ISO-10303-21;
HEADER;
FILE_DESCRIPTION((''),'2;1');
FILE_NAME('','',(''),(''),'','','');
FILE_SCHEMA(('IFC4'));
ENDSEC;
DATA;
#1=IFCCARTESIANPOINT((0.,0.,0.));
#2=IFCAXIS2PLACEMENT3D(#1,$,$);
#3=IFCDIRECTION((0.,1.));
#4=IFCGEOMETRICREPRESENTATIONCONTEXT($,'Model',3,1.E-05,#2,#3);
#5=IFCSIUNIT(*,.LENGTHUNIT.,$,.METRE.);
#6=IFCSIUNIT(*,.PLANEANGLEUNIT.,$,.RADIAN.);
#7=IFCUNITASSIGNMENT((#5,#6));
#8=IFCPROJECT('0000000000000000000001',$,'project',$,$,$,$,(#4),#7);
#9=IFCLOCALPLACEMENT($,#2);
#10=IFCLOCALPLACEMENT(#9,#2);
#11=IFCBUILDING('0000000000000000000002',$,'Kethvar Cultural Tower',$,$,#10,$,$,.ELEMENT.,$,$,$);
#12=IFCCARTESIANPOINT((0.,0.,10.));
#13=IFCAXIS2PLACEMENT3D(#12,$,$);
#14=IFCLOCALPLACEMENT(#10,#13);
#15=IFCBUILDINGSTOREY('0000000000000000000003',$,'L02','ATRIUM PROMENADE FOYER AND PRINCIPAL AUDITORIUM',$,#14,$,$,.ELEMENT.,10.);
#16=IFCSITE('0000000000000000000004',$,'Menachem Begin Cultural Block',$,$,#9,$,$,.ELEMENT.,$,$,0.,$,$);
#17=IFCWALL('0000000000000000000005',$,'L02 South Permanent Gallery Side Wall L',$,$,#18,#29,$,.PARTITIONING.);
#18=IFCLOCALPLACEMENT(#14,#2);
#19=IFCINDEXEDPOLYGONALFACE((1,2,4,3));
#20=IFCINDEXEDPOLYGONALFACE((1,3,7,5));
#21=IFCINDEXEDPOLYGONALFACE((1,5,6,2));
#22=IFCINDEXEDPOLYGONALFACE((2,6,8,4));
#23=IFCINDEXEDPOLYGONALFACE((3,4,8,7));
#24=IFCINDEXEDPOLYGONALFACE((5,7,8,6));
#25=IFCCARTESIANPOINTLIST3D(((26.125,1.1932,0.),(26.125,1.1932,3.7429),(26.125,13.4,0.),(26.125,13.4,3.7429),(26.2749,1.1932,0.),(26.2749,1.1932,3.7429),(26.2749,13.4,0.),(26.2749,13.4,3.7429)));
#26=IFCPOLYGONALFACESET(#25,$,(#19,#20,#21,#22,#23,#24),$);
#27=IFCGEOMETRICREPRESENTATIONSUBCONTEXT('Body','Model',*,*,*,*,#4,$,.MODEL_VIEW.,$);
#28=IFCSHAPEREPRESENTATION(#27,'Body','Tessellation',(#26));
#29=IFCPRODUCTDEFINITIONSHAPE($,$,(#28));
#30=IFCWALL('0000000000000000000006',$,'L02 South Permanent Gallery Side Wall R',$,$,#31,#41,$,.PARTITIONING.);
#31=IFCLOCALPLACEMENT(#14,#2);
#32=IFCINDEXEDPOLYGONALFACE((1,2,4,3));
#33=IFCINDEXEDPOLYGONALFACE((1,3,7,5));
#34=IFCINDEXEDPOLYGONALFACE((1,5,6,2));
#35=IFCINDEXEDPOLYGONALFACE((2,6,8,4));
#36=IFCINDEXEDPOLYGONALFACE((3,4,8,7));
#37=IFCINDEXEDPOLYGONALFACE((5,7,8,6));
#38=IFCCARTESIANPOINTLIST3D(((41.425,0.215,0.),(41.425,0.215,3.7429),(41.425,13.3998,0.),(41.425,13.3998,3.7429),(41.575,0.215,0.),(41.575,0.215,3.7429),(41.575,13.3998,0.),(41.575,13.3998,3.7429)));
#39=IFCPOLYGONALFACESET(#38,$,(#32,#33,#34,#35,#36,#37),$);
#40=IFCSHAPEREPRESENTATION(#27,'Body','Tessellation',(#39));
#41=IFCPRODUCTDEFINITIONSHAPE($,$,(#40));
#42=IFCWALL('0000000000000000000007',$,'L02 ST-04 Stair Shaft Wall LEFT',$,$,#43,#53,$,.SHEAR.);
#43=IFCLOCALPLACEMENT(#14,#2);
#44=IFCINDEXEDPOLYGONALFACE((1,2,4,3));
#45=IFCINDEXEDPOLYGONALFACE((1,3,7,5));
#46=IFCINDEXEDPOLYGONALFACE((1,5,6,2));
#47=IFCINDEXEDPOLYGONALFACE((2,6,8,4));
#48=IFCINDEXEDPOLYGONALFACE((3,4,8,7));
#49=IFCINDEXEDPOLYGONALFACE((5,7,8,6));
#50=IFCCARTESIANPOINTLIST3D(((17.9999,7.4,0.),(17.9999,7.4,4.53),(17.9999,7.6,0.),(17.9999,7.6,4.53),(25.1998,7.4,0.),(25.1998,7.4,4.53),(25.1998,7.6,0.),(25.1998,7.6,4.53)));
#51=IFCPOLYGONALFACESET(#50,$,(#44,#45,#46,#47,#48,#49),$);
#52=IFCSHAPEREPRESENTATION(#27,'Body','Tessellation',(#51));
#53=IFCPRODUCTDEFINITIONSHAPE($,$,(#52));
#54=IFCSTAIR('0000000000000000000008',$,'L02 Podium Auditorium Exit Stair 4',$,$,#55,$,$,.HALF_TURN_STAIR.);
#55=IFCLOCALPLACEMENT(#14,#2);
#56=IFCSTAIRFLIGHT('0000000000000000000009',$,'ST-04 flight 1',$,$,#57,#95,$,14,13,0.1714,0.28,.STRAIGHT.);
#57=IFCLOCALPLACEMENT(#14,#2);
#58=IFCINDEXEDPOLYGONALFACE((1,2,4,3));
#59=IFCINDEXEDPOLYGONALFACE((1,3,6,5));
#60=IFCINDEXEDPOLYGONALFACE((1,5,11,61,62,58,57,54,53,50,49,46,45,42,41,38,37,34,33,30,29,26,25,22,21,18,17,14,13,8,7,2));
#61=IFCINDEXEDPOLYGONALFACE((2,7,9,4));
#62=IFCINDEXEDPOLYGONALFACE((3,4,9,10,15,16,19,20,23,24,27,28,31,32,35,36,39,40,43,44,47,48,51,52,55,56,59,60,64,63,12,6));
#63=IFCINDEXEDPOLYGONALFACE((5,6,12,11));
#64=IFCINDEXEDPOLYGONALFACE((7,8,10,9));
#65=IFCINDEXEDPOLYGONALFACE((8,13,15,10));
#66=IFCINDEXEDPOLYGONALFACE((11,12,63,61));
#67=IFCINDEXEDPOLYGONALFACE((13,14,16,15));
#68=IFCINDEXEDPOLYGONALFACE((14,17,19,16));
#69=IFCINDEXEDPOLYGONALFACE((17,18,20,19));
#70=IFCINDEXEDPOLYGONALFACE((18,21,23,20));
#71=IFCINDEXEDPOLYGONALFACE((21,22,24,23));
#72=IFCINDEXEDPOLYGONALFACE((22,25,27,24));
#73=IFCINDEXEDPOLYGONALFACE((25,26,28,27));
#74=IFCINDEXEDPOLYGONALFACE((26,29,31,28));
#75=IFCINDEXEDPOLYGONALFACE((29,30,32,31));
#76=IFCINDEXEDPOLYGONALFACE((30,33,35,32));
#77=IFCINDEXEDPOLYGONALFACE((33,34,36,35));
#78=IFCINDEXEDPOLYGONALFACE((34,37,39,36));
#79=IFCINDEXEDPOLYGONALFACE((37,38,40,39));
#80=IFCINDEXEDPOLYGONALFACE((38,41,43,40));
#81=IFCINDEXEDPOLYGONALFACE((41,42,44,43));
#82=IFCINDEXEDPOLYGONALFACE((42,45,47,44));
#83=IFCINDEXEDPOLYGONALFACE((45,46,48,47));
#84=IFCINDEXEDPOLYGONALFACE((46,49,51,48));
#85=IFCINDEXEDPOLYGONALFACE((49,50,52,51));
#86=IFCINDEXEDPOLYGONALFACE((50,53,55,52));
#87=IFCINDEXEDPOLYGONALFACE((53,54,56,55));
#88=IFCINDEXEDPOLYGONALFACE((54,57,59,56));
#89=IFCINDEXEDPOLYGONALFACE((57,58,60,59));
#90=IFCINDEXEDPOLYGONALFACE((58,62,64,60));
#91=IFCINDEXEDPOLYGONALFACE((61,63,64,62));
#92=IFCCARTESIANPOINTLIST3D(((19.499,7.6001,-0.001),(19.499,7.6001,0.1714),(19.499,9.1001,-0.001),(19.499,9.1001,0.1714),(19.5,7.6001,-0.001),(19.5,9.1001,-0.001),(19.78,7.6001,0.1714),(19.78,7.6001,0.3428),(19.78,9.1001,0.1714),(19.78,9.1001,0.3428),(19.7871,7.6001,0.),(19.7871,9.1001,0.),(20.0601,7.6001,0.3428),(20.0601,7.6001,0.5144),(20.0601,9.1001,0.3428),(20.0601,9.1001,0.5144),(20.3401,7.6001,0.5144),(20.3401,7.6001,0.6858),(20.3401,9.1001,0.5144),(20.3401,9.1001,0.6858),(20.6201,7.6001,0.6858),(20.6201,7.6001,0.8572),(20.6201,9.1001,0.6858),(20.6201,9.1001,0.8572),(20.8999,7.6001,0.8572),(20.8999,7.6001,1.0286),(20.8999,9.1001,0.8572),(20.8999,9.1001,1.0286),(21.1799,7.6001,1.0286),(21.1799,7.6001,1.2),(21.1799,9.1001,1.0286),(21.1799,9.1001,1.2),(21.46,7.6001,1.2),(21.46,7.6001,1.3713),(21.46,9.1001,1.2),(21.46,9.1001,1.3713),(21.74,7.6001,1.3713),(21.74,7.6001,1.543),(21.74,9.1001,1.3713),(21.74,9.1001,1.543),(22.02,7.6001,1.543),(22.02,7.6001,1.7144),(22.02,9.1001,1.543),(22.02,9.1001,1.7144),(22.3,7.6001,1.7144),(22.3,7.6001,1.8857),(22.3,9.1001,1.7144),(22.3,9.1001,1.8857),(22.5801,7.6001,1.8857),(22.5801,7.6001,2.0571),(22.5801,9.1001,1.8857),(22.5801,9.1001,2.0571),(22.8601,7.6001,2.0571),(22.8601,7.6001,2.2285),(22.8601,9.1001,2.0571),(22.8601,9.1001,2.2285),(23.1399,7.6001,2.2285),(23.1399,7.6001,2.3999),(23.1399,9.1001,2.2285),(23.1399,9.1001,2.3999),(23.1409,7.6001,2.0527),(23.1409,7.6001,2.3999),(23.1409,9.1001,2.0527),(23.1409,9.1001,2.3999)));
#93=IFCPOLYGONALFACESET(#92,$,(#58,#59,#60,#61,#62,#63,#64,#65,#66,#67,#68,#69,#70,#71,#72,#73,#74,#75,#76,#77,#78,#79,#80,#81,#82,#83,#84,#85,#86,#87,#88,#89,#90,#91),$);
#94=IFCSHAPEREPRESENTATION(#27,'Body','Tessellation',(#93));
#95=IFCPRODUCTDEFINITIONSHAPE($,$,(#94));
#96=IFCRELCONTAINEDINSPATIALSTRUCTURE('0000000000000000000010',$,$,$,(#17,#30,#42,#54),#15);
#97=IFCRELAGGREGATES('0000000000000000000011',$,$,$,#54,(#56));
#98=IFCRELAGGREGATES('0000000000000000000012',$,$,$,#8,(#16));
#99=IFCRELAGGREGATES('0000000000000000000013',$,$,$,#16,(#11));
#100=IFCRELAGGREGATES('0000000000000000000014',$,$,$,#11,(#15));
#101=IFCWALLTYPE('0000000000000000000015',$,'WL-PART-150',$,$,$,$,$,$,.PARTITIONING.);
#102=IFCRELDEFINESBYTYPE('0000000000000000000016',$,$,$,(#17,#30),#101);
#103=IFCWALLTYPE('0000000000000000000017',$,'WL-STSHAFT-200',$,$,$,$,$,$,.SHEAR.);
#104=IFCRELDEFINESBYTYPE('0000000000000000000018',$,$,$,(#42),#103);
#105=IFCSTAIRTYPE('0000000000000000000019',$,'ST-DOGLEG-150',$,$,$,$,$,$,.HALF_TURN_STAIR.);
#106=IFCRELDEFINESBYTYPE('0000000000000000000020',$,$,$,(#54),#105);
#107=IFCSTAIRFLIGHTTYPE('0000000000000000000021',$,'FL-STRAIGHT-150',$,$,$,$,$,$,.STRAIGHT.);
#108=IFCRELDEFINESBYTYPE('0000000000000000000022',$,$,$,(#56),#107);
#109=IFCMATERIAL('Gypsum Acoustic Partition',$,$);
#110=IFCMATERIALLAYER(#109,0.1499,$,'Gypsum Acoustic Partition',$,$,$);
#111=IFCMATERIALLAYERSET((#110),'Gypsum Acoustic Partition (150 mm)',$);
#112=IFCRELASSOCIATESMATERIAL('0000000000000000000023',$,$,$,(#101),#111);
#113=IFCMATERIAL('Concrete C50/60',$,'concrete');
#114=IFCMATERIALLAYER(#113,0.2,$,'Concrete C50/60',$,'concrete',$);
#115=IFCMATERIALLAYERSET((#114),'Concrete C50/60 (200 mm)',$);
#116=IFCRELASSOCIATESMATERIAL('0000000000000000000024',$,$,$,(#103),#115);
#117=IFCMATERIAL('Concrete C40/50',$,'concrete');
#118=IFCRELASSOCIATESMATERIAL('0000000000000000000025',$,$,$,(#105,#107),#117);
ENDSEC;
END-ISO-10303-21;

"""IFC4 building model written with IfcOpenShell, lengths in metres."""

from ifc_helpers import new_model, si_unit, direction, frame, frame_2d, origin, place, context, subcontext, project, spatial, polyline, rectangle, outline, extrude, material, layer, layer_set, type_object, element, aggregate, save


model = new_model("IFC4")

# Units and contexts
model_context = context("Model", 3, precision=1e-05, world=origin(), true_north=direction((0.0, 1.0)))
body_context = subcontext(model_context, "Body", "Model", "MODEL_VIEW")
ifc_project = project(units=[si_unit("LENGTHUNIT", "METRE"), si_unit("PLANEANGLEUNIT", "RADIAN")], contexts=[model_context])

# Site, building, storey
site_placement = place(None, origin())
site = spatial("IfcSite", under=ifc_project, at=site_placement, Name="Menachem Begin Cultural Block", CompositionType="ELEMENT", RefElevation=0.0)
building_placement = place(site_placement, origin())
building = spatial("IfcBuilding", under=site, at=building_placement, Name="Kethvar Cultural Tower", CompositionType="ELEMENT")
storey_placement = place(building_placement, frame((0.0, 0.0, 10.0)))
storey = spatial("IfcBuildingStorey", under=building, at=storey_placement, Name="L02", Description="ATRIUM PROMENADE FOYER AND PRINCIPAL AUDITORIUM", CompositionType="ELEMENT", Elevation=10.0)

# Walls
ifc_material_1 = material(Name="Gypsum Acoustic Partition")
ifc_layer_1 = layer(ifc_material_1, 0.1499, Name="Gypsum Acoustic Partition")
ifc_layer_set_1 = layer_set([ifc_layer_1], Name="Gypsum Acoustic Partition (150 mm)")
wall_type_1 = type_object("IfcWallType", Name="WL-PART-150", PredefinedType="PARTITIONING", material=ifc_layer_set_1)
wall_1_placement = place(storey_placement, frame((26.2, 1.1931, 0.0), z_axis=(0.0, 0.0, 1.0), x_axis=(0.0, 1.0, 0.0)))
element("IfcWall", 1, at=wall_1_placement, inside=storey, type_object=wall_type_1, Name="L02 South Permanent Gallery Side Wall L", PredefinedType="PARTITIONING", context=body_context, shape_type="SweptSolid", body=[
    extrude(rectangle(XDim=12.2068, YDim=0.1499, at=frame_2d((6.1035, 0.0))), origin(), (0.0, 0.0, 1.0), 3.7429),
])
wall_2_placement = place(storey_placement, frame((41.5, 0.2151, 0.0), z_axis=(0.0, 0.0, 1.0), x_axis=(0.0, 1.0, 0.0)))
element("IfcWall", 2, at=wall_2_placement, inside=storey, type_object=wall_type_1, Name="L02 South Permanent Gallery Side Wall R", PredefinedType="PARTITIONING", context=body_context, shape_type="SweptSolid", body=[
    extrude(rectangle(XDim=13.1848, YDim=0.1499, at=frame_2d((6.5923, 0.0))), origin(), (0.0, 0.0, 1.0), 3.7429),
])
ifc_material_2 = material(Name="Concrete C50/60", Category="concrete")
ifc_layer_2 = layer(ifc_material_2, 0.2, Name="Concrete C50/60", Category="concrete")
ifc_layer_set_2 = layer_set([ifc_layer_2], Name="Concrete C50/60 (200 mm)")
wall_type_2 = type_object("IfcWallType", Name="WL-STSHAFT-200", PredefinedType="SHEAR", material=ifc_layer_set_2)
wall_3_placement = place(storey_placement, frame((25.2, 7.5, 0.0), z_axis=(0.0, 0.0, 1.0), x_axis=(-1.0, 0.0, 0.0)))
element("IfcWall", 3, at=wall_3_placement, inside=storey, type_object=wall_type_2, Name="L02 ST-04 Stair Shaft Wall LEFT", PredefinedType="SHEAR", context=body_context, shape_type="SweptSolid", body=[
    extrude(rectangle(XDim=7.2, YDim=0.2, at=frame_2d((3.6001, 0.0))), origin(), (0.0, 0.0, 1.0), 4.53),
])

# Stair, stair flight
ifc_material_3 = material(Name="Concrete C40/50", Category="concrete")
stair_type = type_object("IfcStairType", Name="ST-DOGLEG-150", PredefinedType="HALF_TURN_STAIR", material=ifc_material_3)
stair_placement = place(storey_placement, origin())
stair = element("IfcStair", 4, at=stair_placement, inside=storey, type_object=stair_type, Name="L02 Podium Auditorium Exit Stair 4", PredefinedType="HALF_TURN_STAIR")
stair_flight_type = type_object("IfcStairFlightType", Name="FL-STRAIGHT-150", PredefinedType="STRAIGHT", material=ifc_material_3)
stair_flight_placement = place(storey_placement, frame((19.5, 8.3501, 0.0), z_axis=(0.0, 0.0, 1.0), x_axis=(1.0, 0.0, 0.0)))
stair_flight = element("IfcStairFlight", 5, at=stair_flight_placement, type_object=stair_flight_type, Name="ST-04 flight 1", NumberOfRisers=14, NumberOfTreads=13, PredefinedType="STRAIGHT", RiserHeight=0.1714, TreadLength=0.28, context=body_context, shape_type="SweptSolid", body=[
    extrude(outline(polyline([(-0.001, -0.001), (-0.001, 0.1714), (0.28, 0.1714), (0.28, 0.3428), (0.5601, 0.3428), (0.5601, 0.5144), (0.8401, 0.5144), (0.8401, 0.6858), (1.1201, 0.6858), (1.1201, 0.8572), (1.3999, 0.8572), (1.3999, 1.0286), (1.6799, 1.0286), (1.6799, 1.2), (1.96, 1.2), (1.96, 1.3713), (2.24, 1.3713), (2.24, 1.543), (2.52, 1.543), (2.52, 1.7144), (2.8, 1.7144), (2.8, 1.8857), (3.0801, 1.8857), (3.0801, 2.0571), (3.3601, 2.0571), (3.3601, 2.2285), (3.6399, 2.2285), (3.6399, 2.3999), (3.6409, 2.3999), (3.6409, 2.0527), (0.2871, 0.0), (0.0, -0.001), (-0.001, -0.001)])), frame((0.0, 0.75, 0.0), z_axis=(0.0, -1.0, 0.0), x_axis=(1.0, 0.0, 0.0)), (0.0, 0.0, 1.0), 1.5),
])
aggregate(stair, [stair_flight])

save(model, "model.ifc")
